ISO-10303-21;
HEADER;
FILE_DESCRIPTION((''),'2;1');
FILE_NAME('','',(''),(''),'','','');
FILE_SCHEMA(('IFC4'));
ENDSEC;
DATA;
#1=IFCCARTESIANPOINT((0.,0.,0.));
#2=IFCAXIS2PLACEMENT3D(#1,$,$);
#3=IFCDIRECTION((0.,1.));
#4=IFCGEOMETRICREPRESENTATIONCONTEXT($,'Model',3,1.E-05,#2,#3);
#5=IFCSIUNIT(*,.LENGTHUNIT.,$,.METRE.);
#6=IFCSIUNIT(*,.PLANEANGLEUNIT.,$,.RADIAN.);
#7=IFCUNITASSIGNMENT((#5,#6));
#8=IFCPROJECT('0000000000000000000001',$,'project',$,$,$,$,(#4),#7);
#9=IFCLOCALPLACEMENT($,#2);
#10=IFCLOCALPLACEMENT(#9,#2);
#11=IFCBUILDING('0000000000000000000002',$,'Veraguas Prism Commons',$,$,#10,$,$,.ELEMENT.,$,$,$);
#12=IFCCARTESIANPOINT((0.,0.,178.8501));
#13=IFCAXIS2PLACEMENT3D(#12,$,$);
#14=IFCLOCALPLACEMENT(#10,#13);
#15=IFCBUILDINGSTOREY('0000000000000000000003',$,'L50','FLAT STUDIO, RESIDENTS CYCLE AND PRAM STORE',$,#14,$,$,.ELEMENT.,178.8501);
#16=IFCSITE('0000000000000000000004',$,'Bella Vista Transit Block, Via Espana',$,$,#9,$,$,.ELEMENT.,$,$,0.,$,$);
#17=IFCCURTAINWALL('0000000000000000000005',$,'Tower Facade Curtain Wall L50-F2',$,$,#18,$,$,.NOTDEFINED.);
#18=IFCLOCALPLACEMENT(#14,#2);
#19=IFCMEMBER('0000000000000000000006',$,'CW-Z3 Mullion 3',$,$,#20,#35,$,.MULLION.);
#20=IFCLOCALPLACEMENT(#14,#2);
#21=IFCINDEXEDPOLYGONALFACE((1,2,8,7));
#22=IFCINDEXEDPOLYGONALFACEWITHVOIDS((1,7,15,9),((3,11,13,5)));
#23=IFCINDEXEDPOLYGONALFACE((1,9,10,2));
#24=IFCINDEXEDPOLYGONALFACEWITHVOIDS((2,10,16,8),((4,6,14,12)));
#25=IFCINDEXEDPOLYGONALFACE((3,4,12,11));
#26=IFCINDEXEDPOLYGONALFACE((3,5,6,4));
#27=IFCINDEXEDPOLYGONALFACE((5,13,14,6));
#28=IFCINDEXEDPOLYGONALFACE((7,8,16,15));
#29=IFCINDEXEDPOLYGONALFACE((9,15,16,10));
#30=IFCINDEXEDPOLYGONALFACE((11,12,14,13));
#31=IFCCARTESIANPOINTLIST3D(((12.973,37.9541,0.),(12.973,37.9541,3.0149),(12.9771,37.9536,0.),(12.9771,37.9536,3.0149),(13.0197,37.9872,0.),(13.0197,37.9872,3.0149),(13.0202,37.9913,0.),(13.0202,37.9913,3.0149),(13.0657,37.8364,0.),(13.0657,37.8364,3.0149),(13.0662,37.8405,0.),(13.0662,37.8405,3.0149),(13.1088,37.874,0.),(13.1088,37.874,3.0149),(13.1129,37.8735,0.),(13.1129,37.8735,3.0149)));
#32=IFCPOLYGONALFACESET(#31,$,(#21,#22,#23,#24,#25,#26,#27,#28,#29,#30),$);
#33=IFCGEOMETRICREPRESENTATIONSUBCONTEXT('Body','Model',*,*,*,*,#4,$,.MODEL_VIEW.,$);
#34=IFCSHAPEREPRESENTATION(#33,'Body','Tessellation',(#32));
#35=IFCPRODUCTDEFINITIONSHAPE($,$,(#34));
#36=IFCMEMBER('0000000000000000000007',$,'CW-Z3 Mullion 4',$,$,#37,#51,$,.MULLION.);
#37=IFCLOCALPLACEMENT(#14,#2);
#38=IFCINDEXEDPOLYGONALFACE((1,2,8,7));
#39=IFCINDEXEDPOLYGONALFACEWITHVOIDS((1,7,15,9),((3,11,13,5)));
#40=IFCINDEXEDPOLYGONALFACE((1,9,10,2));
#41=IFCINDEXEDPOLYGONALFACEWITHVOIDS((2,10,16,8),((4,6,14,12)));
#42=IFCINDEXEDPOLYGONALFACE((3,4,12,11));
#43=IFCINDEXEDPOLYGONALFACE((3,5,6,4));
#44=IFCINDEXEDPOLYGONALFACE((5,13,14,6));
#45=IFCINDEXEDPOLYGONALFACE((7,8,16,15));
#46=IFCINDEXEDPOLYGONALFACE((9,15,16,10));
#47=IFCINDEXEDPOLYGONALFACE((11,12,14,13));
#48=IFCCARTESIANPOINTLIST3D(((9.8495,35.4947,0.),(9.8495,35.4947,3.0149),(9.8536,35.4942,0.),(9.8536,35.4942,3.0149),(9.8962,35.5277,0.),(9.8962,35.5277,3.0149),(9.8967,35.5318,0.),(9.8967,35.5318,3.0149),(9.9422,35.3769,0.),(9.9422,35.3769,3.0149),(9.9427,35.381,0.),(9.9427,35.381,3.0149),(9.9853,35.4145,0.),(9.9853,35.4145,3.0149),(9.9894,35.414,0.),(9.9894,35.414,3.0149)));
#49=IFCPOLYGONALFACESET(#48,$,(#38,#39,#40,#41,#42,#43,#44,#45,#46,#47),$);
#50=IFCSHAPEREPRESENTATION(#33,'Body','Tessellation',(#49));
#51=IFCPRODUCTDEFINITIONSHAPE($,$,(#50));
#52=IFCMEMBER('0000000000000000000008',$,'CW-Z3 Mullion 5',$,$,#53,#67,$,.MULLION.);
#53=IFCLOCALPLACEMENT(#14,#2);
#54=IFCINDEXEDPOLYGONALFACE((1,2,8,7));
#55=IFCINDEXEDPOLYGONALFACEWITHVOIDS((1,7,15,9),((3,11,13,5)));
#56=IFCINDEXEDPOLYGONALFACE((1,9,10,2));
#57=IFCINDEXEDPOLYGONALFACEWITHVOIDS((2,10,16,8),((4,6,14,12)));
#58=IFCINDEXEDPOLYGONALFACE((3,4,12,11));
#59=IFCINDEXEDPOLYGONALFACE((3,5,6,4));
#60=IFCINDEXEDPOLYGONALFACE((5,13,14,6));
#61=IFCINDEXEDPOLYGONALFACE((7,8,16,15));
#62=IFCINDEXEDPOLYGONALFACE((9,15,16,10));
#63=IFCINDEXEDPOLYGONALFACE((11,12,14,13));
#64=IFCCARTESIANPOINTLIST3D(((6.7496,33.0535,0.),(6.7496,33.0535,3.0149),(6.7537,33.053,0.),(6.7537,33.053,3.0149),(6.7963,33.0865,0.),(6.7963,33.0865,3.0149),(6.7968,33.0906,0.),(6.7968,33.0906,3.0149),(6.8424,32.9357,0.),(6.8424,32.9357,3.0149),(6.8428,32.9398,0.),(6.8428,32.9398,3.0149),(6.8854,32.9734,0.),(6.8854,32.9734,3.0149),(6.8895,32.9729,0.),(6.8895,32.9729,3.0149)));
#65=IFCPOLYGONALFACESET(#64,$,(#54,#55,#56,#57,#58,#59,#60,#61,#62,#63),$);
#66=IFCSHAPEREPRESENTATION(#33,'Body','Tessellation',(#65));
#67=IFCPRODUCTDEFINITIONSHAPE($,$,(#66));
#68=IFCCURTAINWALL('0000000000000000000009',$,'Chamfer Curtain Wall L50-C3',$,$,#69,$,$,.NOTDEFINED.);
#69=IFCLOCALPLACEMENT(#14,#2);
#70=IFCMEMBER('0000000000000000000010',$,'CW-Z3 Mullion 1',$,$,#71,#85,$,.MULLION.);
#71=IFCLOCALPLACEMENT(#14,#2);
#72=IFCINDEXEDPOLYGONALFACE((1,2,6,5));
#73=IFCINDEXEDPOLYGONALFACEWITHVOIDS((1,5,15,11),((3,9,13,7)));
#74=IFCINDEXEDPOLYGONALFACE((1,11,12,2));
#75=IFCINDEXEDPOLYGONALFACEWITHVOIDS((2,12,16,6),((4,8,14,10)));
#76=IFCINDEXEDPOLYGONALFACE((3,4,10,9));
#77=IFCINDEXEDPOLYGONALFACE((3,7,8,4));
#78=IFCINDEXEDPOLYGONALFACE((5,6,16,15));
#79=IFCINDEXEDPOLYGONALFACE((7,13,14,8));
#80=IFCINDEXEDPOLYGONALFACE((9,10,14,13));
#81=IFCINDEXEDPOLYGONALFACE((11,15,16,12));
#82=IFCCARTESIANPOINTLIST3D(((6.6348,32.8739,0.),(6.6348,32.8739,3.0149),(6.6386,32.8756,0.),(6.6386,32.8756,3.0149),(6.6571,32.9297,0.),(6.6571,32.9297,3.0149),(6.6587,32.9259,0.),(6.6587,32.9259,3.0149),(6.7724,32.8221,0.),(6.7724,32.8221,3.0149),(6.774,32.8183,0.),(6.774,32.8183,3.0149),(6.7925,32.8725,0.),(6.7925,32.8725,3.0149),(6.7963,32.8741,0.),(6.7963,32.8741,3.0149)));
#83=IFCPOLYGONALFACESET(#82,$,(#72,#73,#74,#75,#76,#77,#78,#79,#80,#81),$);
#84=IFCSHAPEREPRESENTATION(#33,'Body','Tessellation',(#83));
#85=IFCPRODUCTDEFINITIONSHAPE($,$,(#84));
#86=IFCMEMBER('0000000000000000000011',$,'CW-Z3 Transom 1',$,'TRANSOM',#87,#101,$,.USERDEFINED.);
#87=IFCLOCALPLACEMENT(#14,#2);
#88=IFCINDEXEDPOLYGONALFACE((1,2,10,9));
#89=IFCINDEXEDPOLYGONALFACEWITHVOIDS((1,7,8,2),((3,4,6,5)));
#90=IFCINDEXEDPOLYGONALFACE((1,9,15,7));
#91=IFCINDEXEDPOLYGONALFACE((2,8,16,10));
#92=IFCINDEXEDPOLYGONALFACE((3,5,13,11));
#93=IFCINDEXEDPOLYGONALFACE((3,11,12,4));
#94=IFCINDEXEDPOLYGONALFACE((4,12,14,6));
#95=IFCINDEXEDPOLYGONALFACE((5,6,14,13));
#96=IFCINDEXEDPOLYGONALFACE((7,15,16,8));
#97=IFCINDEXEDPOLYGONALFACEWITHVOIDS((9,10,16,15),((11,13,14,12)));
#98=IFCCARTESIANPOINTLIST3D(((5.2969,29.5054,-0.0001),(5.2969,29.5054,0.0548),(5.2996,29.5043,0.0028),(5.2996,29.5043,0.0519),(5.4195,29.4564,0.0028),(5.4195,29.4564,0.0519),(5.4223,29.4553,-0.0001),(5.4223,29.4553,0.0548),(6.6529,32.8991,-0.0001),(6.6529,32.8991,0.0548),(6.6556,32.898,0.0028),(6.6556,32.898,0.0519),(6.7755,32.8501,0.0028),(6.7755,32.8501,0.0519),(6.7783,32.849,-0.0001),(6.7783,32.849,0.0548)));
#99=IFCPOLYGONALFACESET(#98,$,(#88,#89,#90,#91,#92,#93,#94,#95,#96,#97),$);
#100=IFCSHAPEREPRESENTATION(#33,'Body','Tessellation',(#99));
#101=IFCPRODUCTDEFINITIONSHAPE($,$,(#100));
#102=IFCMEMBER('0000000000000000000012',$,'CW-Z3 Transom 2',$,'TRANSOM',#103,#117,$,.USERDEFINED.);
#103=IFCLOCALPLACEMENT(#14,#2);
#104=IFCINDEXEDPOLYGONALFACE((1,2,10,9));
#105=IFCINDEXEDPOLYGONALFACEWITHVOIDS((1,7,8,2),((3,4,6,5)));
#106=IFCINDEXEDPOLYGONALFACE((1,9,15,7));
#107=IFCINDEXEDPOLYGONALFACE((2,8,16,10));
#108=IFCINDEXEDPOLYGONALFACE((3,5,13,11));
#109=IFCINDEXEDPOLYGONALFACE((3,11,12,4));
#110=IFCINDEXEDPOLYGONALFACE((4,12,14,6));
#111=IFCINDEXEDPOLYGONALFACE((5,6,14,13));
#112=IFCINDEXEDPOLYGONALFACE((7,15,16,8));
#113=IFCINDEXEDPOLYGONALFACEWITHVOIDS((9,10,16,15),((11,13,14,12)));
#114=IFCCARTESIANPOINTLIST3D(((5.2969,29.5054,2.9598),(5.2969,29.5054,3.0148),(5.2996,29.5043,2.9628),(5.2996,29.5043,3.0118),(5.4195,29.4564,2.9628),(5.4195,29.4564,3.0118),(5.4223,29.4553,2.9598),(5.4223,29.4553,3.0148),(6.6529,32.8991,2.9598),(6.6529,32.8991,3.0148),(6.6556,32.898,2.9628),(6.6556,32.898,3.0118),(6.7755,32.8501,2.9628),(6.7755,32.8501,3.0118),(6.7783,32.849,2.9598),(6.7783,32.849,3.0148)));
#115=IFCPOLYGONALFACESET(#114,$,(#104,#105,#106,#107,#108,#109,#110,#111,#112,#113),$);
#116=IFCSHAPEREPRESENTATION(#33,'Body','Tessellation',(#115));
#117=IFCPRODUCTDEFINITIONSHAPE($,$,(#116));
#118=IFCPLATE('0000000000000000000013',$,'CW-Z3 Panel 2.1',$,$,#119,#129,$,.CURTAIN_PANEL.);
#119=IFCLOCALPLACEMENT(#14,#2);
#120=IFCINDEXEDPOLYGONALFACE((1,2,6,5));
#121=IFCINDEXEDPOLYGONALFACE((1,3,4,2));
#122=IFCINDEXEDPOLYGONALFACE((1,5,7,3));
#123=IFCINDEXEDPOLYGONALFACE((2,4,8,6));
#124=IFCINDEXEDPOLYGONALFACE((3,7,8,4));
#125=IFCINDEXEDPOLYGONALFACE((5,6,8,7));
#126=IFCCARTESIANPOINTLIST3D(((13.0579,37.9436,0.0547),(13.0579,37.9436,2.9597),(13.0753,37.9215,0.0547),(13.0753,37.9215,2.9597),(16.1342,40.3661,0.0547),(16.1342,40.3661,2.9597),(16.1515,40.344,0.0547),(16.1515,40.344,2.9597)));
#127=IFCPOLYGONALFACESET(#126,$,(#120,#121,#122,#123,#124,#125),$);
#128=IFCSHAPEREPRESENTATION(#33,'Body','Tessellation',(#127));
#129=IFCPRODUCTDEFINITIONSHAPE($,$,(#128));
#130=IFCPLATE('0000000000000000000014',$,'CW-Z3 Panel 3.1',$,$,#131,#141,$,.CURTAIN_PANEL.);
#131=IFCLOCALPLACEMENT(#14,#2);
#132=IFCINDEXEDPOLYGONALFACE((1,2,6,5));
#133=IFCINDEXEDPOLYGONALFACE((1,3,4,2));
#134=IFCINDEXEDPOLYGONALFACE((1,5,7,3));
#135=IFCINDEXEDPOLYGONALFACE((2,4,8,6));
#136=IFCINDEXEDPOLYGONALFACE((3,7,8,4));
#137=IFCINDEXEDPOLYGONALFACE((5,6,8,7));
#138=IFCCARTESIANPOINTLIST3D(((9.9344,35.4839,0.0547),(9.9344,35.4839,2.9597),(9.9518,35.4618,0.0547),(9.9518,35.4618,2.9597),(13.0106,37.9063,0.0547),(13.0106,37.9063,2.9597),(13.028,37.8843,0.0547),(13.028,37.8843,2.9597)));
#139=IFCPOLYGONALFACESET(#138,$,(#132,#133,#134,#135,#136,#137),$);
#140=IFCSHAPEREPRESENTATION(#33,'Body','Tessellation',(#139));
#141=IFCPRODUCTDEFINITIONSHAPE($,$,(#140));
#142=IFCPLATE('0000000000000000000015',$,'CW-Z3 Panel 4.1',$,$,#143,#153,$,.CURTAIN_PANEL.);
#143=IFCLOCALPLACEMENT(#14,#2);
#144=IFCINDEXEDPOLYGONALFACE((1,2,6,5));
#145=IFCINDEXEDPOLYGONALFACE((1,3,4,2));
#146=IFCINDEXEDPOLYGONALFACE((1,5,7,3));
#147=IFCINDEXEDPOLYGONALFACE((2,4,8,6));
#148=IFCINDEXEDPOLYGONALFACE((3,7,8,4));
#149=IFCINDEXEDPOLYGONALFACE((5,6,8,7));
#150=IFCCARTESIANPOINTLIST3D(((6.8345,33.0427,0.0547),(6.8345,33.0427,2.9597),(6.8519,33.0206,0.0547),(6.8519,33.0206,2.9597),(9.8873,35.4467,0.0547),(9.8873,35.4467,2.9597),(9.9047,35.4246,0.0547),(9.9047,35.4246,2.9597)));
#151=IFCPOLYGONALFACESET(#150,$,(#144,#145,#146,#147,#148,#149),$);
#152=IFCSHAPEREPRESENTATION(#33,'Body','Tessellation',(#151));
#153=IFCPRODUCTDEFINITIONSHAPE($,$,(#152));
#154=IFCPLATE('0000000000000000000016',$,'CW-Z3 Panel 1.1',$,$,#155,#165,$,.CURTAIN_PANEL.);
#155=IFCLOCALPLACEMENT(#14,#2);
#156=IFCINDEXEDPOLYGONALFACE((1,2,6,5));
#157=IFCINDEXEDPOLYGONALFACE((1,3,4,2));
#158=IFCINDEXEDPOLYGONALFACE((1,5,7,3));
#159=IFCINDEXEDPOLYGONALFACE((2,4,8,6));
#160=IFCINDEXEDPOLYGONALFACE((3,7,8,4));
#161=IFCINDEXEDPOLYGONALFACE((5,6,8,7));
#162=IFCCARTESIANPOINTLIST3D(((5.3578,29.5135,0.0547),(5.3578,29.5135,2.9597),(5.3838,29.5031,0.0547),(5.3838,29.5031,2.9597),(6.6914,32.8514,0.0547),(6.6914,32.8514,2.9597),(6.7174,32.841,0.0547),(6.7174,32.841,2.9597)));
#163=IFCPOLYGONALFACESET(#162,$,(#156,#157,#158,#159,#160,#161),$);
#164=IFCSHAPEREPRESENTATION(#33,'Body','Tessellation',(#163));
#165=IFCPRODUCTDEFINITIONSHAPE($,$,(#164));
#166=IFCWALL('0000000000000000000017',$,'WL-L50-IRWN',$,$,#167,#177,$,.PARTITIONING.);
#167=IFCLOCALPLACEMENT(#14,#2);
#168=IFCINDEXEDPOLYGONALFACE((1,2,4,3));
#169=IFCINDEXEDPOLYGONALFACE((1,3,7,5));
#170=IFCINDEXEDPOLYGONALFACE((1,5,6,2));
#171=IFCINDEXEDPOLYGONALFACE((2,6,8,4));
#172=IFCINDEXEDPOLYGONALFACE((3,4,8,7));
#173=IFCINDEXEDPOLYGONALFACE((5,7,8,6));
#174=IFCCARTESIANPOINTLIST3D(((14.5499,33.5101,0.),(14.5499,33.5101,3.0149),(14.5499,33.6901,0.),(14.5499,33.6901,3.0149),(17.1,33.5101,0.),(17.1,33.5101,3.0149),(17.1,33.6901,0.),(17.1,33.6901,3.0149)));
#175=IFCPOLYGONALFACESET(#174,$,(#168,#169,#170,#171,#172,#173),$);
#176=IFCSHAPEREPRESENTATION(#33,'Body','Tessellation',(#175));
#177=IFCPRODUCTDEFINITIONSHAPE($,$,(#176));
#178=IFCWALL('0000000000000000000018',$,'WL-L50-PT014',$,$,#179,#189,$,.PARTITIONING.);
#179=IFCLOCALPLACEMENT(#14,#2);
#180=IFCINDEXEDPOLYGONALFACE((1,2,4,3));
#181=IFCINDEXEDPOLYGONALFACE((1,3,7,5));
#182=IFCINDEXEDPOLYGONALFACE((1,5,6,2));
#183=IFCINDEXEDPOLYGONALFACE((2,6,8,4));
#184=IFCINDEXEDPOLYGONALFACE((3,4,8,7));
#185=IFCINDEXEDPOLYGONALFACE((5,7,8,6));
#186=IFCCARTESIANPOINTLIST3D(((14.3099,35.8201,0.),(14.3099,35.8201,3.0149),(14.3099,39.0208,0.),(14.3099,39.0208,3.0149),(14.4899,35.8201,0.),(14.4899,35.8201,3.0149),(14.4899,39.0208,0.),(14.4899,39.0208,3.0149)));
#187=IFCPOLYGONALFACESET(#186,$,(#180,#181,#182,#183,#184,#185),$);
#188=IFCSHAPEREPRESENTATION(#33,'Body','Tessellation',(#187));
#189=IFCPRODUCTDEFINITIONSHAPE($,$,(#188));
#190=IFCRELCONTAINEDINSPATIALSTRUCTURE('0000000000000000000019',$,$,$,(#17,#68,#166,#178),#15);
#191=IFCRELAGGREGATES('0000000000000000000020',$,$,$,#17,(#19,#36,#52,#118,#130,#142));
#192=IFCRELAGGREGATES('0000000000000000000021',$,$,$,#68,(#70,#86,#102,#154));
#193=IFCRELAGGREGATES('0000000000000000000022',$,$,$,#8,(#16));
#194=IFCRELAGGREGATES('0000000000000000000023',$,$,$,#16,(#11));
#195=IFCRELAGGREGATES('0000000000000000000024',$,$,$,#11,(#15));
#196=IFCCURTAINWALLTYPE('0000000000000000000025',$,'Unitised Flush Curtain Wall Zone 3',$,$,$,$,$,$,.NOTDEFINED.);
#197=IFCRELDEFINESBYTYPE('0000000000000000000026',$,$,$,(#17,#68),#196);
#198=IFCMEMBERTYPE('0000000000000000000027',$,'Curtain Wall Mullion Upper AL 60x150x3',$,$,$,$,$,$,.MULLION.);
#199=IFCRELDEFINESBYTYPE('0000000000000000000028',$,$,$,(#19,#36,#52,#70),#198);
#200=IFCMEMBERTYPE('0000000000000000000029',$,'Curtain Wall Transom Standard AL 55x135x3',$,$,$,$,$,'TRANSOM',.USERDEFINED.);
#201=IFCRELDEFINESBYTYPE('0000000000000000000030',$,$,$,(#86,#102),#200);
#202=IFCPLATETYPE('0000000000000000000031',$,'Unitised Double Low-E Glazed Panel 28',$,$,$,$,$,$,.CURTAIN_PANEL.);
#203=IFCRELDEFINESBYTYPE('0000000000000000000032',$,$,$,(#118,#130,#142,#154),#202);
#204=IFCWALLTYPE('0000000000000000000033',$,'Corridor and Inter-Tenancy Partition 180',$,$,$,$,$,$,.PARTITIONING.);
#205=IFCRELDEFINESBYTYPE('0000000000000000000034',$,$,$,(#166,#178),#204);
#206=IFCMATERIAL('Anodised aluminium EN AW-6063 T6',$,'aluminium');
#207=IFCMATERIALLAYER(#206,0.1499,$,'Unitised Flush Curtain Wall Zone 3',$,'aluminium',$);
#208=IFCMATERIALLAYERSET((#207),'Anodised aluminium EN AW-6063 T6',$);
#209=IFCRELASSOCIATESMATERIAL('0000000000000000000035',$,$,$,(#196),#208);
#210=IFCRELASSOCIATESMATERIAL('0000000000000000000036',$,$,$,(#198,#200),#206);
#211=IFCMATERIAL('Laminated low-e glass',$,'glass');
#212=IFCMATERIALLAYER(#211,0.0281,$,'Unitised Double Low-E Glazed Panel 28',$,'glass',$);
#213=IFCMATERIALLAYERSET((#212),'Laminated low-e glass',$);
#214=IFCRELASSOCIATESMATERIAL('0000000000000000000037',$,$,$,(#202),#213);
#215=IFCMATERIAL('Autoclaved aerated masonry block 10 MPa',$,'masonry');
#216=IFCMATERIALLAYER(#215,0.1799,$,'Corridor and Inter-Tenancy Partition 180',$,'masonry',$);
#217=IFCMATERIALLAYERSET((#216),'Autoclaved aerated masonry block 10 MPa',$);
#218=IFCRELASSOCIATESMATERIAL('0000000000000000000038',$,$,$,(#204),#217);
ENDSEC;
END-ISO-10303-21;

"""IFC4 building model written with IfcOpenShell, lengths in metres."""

from ifc_helpers import new_model, si_unit, direction, frame, frame_2d, origin, origin_2d, place, context, subcontext, project, spatial, rectangle, hollow_rectangle, extrude, source, transform, mapped, material, layer, layer_set, material_profile, profile_set, type_object, element, aggregate, save


model = new_model("IFC4")

# Units and contexts
model_context = context("Model", 3, precision=1e-05, world=origin(), true_north=direction((0.0, 1.0)))
body_context = subcontext(model_context, "Body", "Model", "MODEL_VIEW")
ifc_project = project(units=[si_unit("LENGTHUNIT", "METRE"), si_unit("PLANEANGLEUNIT", "RADIAN")], contexts=[model_context])

# Site, building, storey
site_placement = place(None, origin())
site = spatial("IfcSite", under=ifc_project, at=site_placement, Name="Bella Vista Transit Block, Via Espana", CompositionType="ELEMENT", RefElevation=0.0)
building_placement = place(site_placement, origin())
building = spatial("IfcBuilding", under=site, at=building_placement, Name="Veraguas Prism Commons", CompositionType="ELEMENT")
storey_placement = place(building_placement, frame((0.0, 0.0, 178.8501)))
storey = spatial("IfcBuildingStorey", under=building, at=storey_placement, Name="L50", Description="FLAT STUDIO, RESIDENTS CYCLE AND PRAM STORE", CompositionType="ELEMENT", Elevation=178.8501)

# Curtain walls, members
ifc_material_1 = material(Name="Anodised aluminium EN AW-6063 T6", Category="aluminium")
ifc_layer_1 = layer(ifc_material_1, 0.1499, Name="Unitised Flush Curtain Wall Zone 3", Category="aluminium")
ifc_layer_set_1 = layer_set([ifc_layer_1], Name="Anodised aluminium EN AW-6063 T6")
curtain_wall_type = type_object("IfcCurtainWallType", Name="Unitised Flush Curtain Wall Zone 3", PredefinedType="NOTDEFINED", material=ifc_layer_set_1)
curtain_wall_1_placement = place(storey_placement, origin())
curtain_wall_1 = element("IfcCurtainWall", 1, at=curtain_wall_1_placement, inside=storey, type_object=curtain_wall_type, Name="Tower Facade Curtain Wall L50-F2", PredefinedType="NOTDEFINED")
ifc_material_profile_1 = material_profile(ifc_material_1, hollow_rectangle(XDim=0.0601, YDim=0.1499, WallThickness=0.0029, at=origin_2d()), Name="AL60X150X3")
ifc_profile_set_1 = profile_set([ifc_material_profile_1], Name="Anodised aluminium EN AW-6063 T6")
member_type_1 = type_object("IfcMemberType", Name="Curtain Wall Mullion Upper AL 60x150x3", PredefinedType="MULLION", material=ifc_profile_set_1)
shared_shape_1 = source(origin(), body_context, "Body", "SweptSolid", [
    extrude(hollow_rectangle(XDim=0.0601, YDim=0.1499, WallThickness=0.0029, at=origin_2d()), origin(), (0.0, 0.0, 1.0), 3.0149),
])
member_1_placement = place(storey_placement, frame((13.043, 37.9138, 0.0), z_axis=(0.0, 0.0, 1.0), x_axis=(-0.785642, -0.618681, 0.0)))
member_1 = element("IfcMember", 2, at=member_1_placement, type_object=member_type_1, Name="CW-Z3 Mullion 3", PredefinedType="MULLION", context=body_context, shape_type="MappedRepresentation", body=[
    mapped(shared_shape_1, transform((0.0, 0.0, 0.0), scale=1.0)),
])
member_2_placement = place(storey_placement, frame((9.9194, 35.4543, 0.0), z_axis=(0.0, 0.0, 1.0), x_axis=(-0.785642, -0.618681, 0.0)))
member_2 = element("IfcMember", 3, at=member_2_placement, type_object=member_type_1, Name="CW-Z3 Mullion 4", PredefinedType="MULLION", context=body_context, shape_type="MappedRepresentation", body=[
    mapped(shared_shape_1, transform((0.0, 0.0, 0.0), scale=1.0)),
])
member_3_placement = place(storey_placement, frame((6.8196, 33.0132, 0.0), z_axis=(0.0, 0.0, 1.0), x_axis=(-0.785642, -0.618681, 0.0)))
member_3 = element("IfcMember", 4, at=member_3_placement, type_object=member_type_1, Name="CW-Z3 Mullion 5", PredefinedType="MULLION", context=body_context, shape_type="MappedRepresentation", body=[
    mapped(shared_shape_1, transform((0.0, 0.0, 0.0), scale=1.0)),
])
curtain_wall_2_placement = place(storey_placement, origin())
curtain_wall_2 = element("IfcCurtainWall", 5, at=curtain_wall_2_placement, inside=storey, type_object=curtain_wall_type, Name="Chamfer Curtain Wall L50-C3", PredefinedType="NOTDEFINED")
member_4_placement = place(storey_placement, frame((6.7156, 32.874, 0.0), z_axis=(0.0, 0.0, 1.0), x_axis=(-0.371015, -0.928627, 0.0)))
member_4 = element("IfcMember", 6, at=member_4_placement, type_object=member_type_1, Name="CW-Z3 Mullion 1", PredefinedType="MULLION", context=body_context, shape_type="MappedRepresentation", body=[
    mapped(shared_shape_1, transform((0.0, 0.0, 0.0), scale=1.0)),
])
ifc_material_profile_2 = material_profile(ifc_material_1, hollow_rectangle(XDim=0.0549, YDim=0.135, WallThickness=0.0029, at=origin_2d()), Name="AL55X135X3")
ifc_profile_set_2 = profile_set([ifc_material_profile_2], Name="Anodised aluminium EN AW-6063 T6")
member_type_2 = type_object("IfcMemberType", Name="Curtain Wall Transom Standard AL 55x135x3", ElementType="TRANSOM", PredefinedType="USERDEFINED", material=ifc_profile_set_2)
shared_shape_2 = source(origin(), body_context, "Body", "SweptSolid", [
    extrude(hollow_rectangle(XDim=0.0549, YDim=0.135, WallThickness=0.0029, at=origin_2d()), origin(), (0.0, 0.0, 1.0), 3.6545),
])
member_5_placement = place(storey_placement, frame((6.7156, 32.874, 0.0273), z_axis=(-0.371045, -0.928615, 0.0), x_axis=(0.0, 0.0, 1.0)))
member_5 = element("IfcMember", 7, at=member_5_placement, type_object=member_type_2, Name="CW-Z3 Transom 1", ObjectType="TRANSOM", PredefinedType="USERDEFINED", context=body_context, shape_type="MappedRepresentation", body=[
    mapped(shared_shape_2, transform((0.0, 0.0, 0.0), scale=1.0)),
])
member_6_placement = place(storey_placement, frame((6.7156, 32.874, 2.9873), z_axis=(-0.371045, -0.928615, 0.0), x_axis=(0.0, 0.0, 1.0)))
member_6 = element("IfcMember", 8, at=member_6_placement, type_object=member_type_2, Name="CW-Z3 Transom 2", ObjectType="TRANSOM", PredefinedType="USERDEFINED", context=body_context, shape_type="MappedRepresentation", body=[
    mapped(shared_shape_2, transform((0.0, 0.0, 0.0), scale=1.0)),
])

# Plates
ifc_material_2 = material(Name="Laminated low-e glass", Category="glass")
ifc_layer_2 = layer(ifc_material_2, 0.0281, Name="Unitised Double Low-E Glazed Panel 28", Category="glass")
ifc_layer_set_2 = layer_set([ifc_layer_2], Name="Laminated low-e glass")
plate_type = type_object("IfcPlateType", Name="Unitised Double Low-E Glazed Panel 28", PredefinedType="CURTAIN_PANEL", material=ifc_layer_set_2)
shared_shape_3 = source(origin(), body_context, "Body", "SweptSolid", [
    extrude(rectangle(XDim=3.9155, YDim=0.0281, at=origin_2d()), origin(), (0.0, 0.0, 1.0), 2.905),
])
plate_1_placement = place(storey_placement, frame((14.6047, 39.1438, 0.0547), z_axis=(0.0, 0.0, 1.0), x_axis=(-0.785642, -0.618681, 0.0)))
plate_1 = element("IfcPlate", 9, at=plate_1_placement, type_object=plate_type, Name="CW-Z3 Panel 2.1", PredefinedType="CURTAIN_PANEL", context=body_context, shape_type="MappedRepresentation", body=[
    mapped(shared_shape_3, transform((0.0, 0.0, 0.0), scale=1.0)),
])
plate_2_placement = place(storey_placement, frame((11.4812, 36.6841, 0.0547), z_axis=(0.0, 0.0, 1.0), x_axis=(-0.785642, -0.618681, 0.0)))
plate_2 = element("IfcPlate", 10, at=plate_2_placement, type_object=plate_type, Name="CW-Z3 Panel 3.1", PredefinedType="CURTAIN_PANEL", context=body_context, shape_type="MappedRepresentation", body=[
    mapped(shared_shape_3, transform((0.0, 0.0, 0.0), scale=1.0)),
])
shared_shape_4 = source(origin(), body_context, "Body", "SweptSolid", [
    extrude(rectangle(XDim=3.8857, YDim=0.0281, at=origin_2d()), origin(), (0.0, 0.0, 1.0), 2.905),
])
plate_3_placement = place(storey_placement, frame((8.3696, 34.2336, 0.0547), z_axis=(0.0, 0.0, 1.0), x_axis=(-0.785642, -0.618681, 0.0)))
plate_3 = element("IfcPlate", 11, at=plate_3_placement, type_object=plate_type, Name="CW-Z3 Panel 4.1", PredefinedType="CURTAIN_PANEL", context=body_context, shape_type="MappedRepresentation", body=[
    mapped(shared_shape_4, transform((0.0, 0.0, 0.0), scale=1.0)),
])
aggregate(curtain_wall_1, [member_1, member_2, member_3, plate_1, plate_2, plate_3])
shared_shape_5 = source(origin(), body_context, "Body", "SweptSolid", [
    extrude(rectangle(XDim=3.5945, YDim=0.0281, at=origin_2d()), origin(), (0.0, 0.0, 1.0), 2.905),
])
plate_4_placement = place(storey_placement, frame((6.0376, 31.1772, 0.0547), z_axis=(0.0, 0.0, 1.0), x_axis=(-0.371015, -0.928627, 0.0)))
plate_4 = element("IfcPlate", 12, at=plate_4_placement, type_object=plate_type, Name="CW-Z3 Panel 1.1", PredefinedType="CURTAIN_PANEL", context=body_context, shape_type="MappedRepresentation", body=[
    mapped(shared_shape_5, transform((0.0, 0.0, 0.0), scale=1.0)),
])
aggregate(curtain_wall_2, [member_4, member_5, member_6, plate_4])

# Walls
ifc_material_3 = material(Name="Autoclaved aerated masonry block 10 MPa", Category="masonry")
ifc_layer_3 = layer(ifc_material_3, 0.1799, Name="Corridor and Inter-Tenancy Partition 180", Category="masonry")
ifc_layer_set_3 = layer_set([ifc_layer_3], Name="Autoclaved aerated masonry block 10 MPa")
wall_type_1 = type_object("IfcWallType", Name="Corridor and Inter-Tenancy Partition 180", PredefinedType="PARTITIONING", material=ifc_layer_set_3)
wall_1_placement = place(storey_placement, frame((14.55, 33.6001, 0.0), z_axis=(0.0, 0.0, 1.0), x_axis=(1.0, 0.0, 0.0)))
element("IfcWall", 13, at=wall_1_placement, inside=storey, type_object=wall_type_1, Name="WL-L50-IRWN", PredefinedType="PARTITIONING", context=body_context, shape_type="SweptSolid", body=[
    extrude(rectangle(XDim=2.55, YDim=0.1799, at=frame_2d((1.2749, 0.0))), origin(), (0.0, 0.0, 1.0), 3.0149),
])
wall_2_placement = place(storey_placement, frame((14.3999, 35.8201, 0.0), z_axis=(0.0, 0.0, 1.0), x_axis=(0.0, 1.0, 0.0)))
element("IfcWall", 14, at=wall_2_placement, inside=storey, type_object=wall_type_1, Name="WL-L50-PT014", PredefinedType="PARTITIONING", context=body_context, shape_type="SweptSolid", body=[
    extrude(rectangle(XDim=3.2007, YDim=0.1799, at=frame_2d((1.6003, 0.0))), origin(), (0.0, 0.0, 1.0), 3.0149),
])

save(model, "model.ifc")
